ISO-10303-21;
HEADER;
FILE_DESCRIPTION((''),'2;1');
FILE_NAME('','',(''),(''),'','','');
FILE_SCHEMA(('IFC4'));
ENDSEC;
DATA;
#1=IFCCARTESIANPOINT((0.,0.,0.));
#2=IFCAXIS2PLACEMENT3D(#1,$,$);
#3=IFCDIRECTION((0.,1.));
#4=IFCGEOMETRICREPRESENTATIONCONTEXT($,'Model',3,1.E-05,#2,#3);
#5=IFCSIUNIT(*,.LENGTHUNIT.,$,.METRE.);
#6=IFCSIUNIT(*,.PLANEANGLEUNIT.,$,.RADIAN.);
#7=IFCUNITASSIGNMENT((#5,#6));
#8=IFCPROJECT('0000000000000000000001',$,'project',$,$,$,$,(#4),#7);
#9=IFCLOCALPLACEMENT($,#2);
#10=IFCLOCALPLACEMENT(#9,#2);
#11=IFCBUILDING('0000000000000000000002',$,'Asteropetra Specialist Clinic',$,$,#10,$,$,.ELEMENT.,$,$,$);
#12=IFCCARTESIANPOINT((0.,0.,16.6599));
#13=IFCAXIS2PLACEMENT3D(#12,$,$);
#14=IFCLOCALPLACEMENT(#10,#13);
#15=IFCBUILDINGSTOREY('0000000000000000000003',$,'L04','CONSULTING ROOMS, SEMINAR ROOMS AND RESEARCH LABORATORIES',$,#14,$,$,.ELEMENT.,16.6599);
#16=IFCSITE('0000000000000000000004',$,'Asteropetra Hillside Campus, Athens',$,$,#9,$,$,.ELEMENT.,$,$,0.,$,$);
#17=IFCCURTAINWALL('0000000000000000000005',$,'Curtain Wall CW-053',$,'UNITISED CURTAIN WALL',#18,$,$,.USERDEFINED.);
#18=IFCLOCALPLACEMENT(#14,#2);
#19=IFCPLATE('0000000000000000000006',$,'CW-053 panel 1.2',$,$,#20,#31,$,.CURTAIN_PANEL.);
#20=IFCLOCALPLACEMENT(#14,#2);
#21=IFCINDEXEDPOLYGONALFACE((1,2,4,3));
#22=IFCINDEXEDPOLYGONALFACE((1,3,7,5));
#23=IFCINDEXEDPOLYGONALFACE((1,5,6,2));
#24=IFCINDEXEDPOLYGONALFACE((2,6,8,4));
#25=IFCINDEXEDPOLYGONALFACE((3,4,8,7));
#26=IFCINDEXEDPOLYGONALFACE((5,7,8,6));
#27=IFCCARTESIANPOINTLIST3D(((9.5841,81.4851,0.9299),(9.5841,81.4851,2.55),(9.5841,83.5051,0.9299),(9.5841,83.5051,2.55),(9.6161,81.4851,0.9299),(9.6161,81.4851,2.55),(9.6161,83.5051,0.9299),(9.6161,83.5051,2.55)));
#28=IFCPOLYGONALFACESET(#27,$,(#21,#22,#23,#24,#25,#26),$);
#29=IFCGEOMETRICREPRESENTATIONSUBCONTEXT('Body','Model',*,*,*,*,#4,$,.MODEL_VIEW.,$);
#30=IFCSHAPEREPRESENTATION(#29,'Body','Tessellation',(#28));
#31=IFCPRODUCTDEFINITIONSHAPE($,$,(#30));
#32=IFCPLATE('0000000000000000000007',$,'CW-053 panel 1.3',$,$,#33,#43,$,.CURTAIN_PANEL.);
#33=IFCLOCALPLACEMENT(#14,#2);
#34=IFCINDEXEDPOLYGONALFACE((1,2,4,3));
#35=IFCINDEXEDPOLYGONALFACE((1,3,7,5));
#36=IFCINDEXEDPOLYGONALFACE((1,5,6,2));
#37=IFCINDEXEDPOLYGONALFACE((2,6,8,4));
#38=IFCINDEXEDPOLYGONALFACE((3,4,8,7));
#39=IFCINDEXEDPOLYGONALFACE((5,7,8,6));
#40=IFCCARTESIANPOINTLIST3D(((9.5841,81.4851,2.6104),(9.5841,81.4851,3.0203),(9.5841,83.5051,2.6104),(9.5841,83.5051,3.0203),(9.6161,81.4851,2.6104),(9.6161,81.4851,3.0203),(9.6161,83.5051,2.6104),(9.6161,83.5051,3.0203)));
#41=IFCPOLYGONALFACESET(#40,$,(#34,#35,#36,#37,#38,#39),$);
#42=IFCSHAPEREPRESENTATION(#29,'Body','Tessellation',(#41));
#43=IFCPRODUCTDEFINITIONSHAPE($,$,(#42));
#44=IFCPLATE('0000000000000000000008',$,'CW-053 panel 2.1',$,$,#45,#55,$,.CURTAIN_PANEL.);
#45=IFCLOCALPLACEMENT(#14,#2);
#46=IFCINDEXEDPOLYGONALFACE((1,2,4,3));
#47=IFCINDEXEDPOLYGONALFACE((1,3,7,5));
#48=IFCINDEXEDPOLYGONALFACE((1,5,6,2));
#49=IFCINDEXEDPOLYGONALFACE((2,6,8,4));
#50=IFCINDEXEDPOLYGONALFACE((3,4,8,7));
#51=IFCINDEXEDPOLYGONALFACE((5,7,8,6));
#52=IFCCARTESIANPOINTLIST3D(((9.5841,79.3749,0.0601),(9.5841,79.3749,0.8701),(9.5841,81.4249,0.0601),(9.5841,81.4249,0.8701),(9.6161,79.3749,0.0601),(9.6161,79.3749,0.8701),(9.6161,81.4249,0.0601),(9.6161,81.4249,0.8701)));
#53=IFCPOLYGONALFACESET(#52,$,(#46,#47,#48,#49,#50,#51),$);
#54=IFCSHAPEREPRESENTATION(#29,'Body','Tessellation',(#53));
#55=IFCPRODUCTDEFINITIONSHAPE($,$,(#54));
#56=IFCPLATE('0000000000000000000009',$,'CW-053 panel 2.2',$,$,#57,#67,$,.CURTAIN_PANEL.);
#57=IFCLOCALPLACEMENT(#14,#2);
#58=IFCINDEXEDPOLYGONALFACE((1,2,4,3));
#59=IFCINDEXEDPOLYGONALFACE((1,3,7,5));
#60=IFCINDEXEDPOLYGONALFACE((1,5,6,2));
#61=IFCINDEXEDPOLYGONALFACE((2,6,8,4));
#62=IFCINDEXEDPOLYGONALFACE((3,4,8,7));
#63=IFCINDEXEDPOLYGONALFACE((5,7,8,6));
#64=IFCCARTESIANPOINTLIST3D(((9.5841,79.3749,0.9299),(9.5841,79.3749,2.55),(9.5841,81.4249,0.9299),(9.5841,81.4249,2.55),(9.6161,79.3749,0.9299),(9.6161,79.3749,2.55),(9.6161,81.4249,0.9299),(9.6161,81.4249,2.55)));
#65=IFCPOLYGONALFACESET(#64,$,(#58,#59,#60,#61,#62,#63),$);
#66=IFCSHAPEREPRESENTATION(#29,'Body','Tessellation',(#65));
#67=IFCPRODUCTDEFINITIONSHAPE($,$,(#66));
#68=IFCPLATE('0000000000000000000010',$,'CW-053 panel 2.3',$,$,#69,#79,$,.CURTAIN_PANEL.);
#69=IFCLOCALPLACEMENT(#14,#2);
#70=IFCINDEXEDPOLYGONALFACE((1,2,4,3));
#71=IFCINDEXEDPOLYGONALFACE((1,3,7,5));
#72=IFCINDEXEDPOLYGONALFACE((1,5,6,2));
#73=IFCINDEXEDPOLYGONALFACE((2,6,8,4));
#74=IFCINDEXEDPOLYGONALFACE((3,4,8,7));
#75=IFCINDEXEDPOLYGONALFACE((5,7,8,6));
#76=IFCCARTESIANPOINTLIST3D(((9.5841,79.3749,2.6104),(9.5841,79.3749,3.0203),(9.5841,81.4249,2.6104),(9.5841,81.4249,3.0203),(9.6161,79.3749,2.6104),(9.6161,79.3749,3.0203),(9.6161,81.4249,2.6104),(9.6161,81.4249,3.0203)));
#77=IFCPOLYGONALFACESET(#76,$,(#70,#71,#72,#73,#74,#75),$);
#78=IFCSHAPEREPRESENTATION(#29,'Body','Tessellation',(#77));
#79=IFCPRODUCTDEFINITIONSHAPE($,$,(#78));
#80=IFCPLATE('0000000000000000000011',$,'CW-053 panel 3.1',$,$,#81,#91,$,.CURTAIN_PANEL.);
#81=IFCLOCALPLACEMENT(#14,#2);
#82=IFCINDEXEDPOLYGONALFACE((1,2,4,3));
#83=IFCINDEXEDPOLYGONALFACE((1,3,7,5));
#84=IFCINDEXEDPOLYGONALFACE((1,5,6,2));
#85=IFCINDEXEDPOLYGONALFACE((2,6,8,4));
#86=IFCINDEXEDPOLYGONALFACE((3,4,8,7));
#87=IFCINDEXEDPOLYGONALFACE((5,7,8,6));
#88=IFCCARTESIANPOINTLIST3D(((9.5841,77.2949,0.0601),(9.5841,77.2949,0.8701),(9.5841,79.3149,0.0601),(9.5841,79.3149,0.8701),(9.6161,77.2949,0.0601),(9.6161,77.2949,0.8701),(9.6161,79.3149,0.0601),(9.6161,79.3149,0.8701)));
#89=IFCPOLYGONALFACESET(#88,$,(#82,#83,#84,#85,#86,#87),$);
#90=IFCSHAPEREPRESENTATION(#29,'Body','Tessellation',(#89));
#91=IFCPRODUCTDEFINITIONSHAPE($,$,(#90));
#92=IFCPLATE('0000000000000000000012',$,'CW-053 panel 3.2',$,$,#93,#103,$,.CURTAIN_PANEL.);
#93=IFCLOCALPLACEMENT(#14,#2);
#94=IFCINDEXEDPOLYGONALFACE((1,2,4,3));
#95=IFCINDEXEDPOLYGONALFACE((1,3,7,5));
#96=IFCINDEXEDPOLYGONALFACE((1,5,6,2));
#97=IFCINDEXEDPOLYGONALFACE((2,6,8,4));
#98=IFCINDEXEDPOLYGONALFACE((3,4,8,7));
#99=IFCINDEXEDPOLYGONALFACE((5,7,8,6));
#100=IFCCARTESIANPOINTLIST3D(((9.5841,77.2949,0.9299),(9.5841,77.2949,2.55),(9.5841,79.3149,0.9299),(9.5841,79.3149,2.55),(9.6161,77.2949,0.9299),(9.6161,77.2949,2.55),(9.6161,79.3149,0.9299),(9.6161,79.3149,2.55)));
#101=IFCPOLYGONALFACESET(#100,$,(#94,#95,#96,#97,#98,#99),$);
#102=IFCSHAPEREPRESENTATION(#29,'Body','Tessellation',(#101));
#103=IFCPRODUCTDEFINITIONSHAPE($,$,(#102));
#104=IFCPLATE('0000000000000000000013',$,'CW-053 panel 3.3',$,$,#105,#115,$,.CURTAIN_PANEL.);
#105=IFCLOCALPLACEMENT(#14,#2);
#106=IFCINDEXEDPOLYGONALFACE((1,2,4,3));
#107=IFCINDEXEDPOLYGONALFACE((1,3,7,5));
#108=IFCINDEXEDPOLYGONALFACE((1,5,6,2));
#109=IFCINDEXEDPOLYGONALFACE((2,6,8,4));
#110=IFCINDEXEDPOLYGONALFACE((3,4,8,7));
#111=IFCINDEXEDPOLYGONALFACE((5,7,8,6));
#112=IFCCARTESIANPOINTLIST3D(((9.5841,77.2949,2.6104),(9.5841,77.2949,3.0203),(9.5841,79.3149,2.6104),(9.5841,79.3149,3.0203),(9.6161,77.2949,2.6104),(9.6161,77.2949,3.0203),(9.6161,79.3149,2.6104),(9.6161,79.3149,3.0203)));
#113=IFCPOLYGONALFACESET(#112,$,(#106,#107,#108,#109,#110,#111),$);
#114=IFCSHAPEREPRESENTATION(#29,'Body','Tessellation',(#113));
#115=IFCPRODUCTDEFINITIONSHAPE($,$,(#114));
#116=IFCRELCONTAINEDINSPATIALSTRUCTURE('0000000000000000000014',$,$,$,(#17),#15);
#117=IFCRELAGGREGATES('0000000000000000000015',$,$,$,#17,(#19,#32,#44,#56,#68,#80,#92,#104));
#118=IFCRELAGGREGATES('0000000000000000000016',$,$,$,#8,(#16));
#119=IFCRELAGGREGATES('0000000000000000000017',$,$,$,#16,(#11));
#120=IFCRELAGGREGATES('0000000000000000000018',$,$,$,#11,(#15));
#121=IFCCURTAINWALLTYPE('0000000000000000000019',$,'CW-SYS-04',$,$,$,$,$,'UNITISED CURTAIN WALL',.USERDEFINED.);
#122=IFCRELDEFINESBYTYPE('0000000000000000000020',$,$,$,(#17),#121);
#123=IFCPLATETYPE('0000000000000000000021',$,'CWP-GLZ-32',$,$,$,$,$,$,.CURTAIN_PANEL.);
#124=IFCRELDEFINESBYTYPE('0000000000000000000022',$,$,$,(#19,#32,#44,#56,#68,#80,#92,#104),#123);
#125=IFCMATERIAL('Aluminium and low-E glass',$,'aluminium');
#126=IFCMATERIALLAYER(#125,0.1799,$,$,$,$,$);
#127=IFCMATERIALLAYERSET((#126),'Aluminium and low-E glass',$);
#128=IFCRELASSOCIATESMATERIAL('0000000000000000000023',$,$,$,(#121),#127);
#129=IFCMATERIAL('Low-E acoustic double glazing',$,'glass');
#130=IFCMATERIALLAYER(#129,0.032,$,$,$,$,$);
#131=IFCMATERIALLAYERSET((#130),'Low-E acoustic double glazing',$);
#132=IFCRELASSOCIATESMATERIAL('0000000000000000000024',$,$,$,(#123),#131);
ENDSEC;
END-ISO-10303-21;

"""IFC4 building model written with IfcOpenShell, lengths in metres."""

from ifc_helpers import new_model, si_unit, direction, frame, origin, origin_2d, place, context, subcontext, project, spatial, rectangle, extrude, material, layer, layer_set, type_object, element, aggregate, save


model = new_model("IFC4")

# Units and contexts
model_context = context("Model", 3, precision=1e-05, world=origin(), true_north=direction((0.0, 1.0)))
body_context = subcontext(model_context, "Body", "Model", "MODEL_VIEW")
ifc_project = project(units=[si_unit("LENGTHUNIT", "METRE"), si_unit("PLANEANGLEUNIT", "RADIAN")], contexts=[model_context])

# Site, building, storey
site_placement = place(None, origin())
site = spatial("IfcSite", under=ifc_project, at=site_placement, Name="Asteropetra Hillside Campus, Athens", CompositionType="ELEMENT", RefElevation=0.0)
building_placement = place(site_placement, origin())
building = spatial("IfcBuilding", under=site, at=building_placement, Name="Asteropetra Specialist Clinic", CompositionType="ELEMENT")
storey_placement = place(building_placement, frame((0.0, 0.0, 16.6599)))
storey = spatial("IfcBuildingStorey", under=building, at=storey_placement, Name="L04", Description="CONSULTING ROOMS, SEMINAR ROOMS AND RESEARCH LABORATORIES", CompositionType="ELEMENT", Elevation=16.6599)

# Curtain wall
ifc_material_1 = material(Name="Aluminium and low-E glass", Category="aluminium")
ifc_layer_1 = layer(ifc_material_1, 0.1799)
ifc_layer_set_1 = layer_set([ifc_layer_1], Name="Aluminium and low-E glass")
curtain_wall_type_1 = type_object("IfcCurtainWallType", Name="CW-SYS-04", ElementType="UNITISED CURTAIN WALL", PredefinedType="USERDEFINED", material=ifc_layer_set_1)
curtain_wall_1_placement = place(storey_placement, origin())
curtain_wall_1 = element("IfcCurtainWall", 1, at=curtain_wall_1_placement, inside=storey, type_object=curtain_wall_type_1, Name="Curtain Wall CW-053", ObjectType="UNITISED CURTAIN WALL", PredefinedType="USERDEFINED")

# Plates
ifc_material_2 = material(Name="Low-E acoustic double glazing", Category="glass")
ifc_layer_2 = layer(ifc_material_2, 0.032)
ifc_layer_set_2 = layer_set([ifc_layer_2], Name="Low-E acoustic double glazing")
plate_type = type_object("IfcPlateType", Name="CWP-GLZ-32", PredefinedType="CURTAIN_PANEL", material=ifc_layer_set_2)
plate_1_placement = place(storey_placement, frame((9.6001, 82.4951, 0.9299), z_axis=(0.0, 0.0, 1.0), x_axis=(0.0, -1.0, 0.0)))
plate_1 = element("IfcPlate", 2, at=plate_1_placement, type_object=plate_type, Name="CW-053 panel 1.2", PredefinedType="CURTAIN_PANEL", context=body_context, shape_type="SweptSolid", body=[
    extrude(rectangle(XDim=2.02, YDim=0.032, at=origin_2d()), origin(), (0.0, 0.0, 1.0), 1.6201),
])
plate_2_placement = place(storey_placement, frame((9.6001, 82.4951, 2.6104), z_axis=(0.0, 0.0, 1.0), x_axis=(0.0, -1.0, 0.0)))
plate_2 = element("IfcPlate", 3, at=plate_2_placement, type_object=plate_type, Name="CW-053 panel 1.3", PredefinedType="CURTAIN_PANEL", context=body_context, shape_type="SweptSolid", body=[
    extrude(rectangle(XDim=2.02, YDim=0.032, at=origin_2d()), origin(), (0.0, 0.0, 1.0), 0.4099),
])
plate_3_placement = place(storey_placement, frame((9.6001, 80.3999, 0.0601), z_axis=(0.0, 0.0, 1.0), x_axis=(0.0, -1.0, 0.0)))
plate_3 = element("IfcPlate", 4, at=plate_3_placement, type_object=plate_type, Name="CW-053 panel 2.1", PredefinedType="CURTAIN_PANEL", context=body_context, shape_type="SweptSolid", body=[
    extrude(rectangle(XDim=2.05, YDim=0.032, at=origin_2d()), origin(), (0.0, 0.0, 1.0), 0.8101),
])
plate_4_placement = place(storey_placement, frame((9.6001, 80.3999, 0.9299), z_axis=(0.0, 0.0, 1.0), x_axis=(0.0, -1.0, 0.0)))
plate_4 = element("IfcPlate", 5, at=plate_4_placement, type_object=plate_type, Name="CW-053 panel 2.2", PredefinedType="CURTAIN_PANEL", context=body_context, shape_type="SweptSolid", body=[
    extrude(rectangle(XDim=2.05, YDim=0.032, at=origin_2d()), origin(), (0.0, 0.0, 1.0), 1.6201),
])
plate_5_placement = place(storey_placement, frame((9.6001, 80.3999, 2.6104), z_axis=(0.0, 0.0, 1.0), x_axis=(0.0, -1.0, 0.0)))
plate_5 = element("IfcPlate", 6, at=plate_5_placement, type_object=plate_type, Name="CW-053 panel 2.3", PredefinedType="CURTAIN_PANEL", context=body_context, shape_type="SweptSolid", body=[
    extrude(rectangle(XDim=2.05, YDim=0.032, at=origin_2d()), origin(), (0.0, 0.0, 1.0), 0.4099),
])
plate_6_placement = place(storey_placement, frame((9.6001, 78.3049, 0.0601), z_axis=(0.0, 0.0, 1.0), x_axis=(0.0, -1.0, 0.0)))
plate_6 = element("IfcPlate", 7, at=plate_6_placement, type_object=plate_type, Name="CW-053 panel 3.1", PredefinedType="CURTAIN_PANEL", context=body_context, shape_type="SweptSolid", body=[
    extrude(rectangle(XDim=2.02, YDim=0.032, at=origin_2d()), origin(), (0.0, 0.0, 1.0), 0.8101),
])
plate_7_placement = place(storey_placement, frame((9.6001, 78.3049, 0.9299), z_axis=(0.0, 0.0, 1.0), x_axis=(0.0, -1.0, 0.0)))
plate_7 = element("IfcPlate", 8, at=plate_7_placement, type_object=plate_type, Name="CW-053 panel 3.2", PredefinedType="CURTAIN_PANEL", context=body_context, shape_type="SweptSolid", body=[
    extrude(rectangle(XDim=2.02, YDim=0.032, at=origin_2d()), origin(), (0.0, 0.0, 1.0), 1.6201),
])
plate_8_placement = place(storey_placement, frame((9.6001, 78.3049, 2.6104), z_axis=(0.0, 0.0, 1.0), x_axis=(0.0, -1.0, 0.0)))
plate_8 = element("IfcPlate", 9, at=plate_8_placement, type_object=plate_type, Name="CW-053 panel 3.3", PredefinedType="CURTAIN_PANEL", context=body_context, shape_type="SweptSolid", body=[
    extrude(rectangle(XDim=2.02, YDim=0.032, at=origin_2d()), origin(), (0.0, 0.0, 1.0), 0.4099),
])
aggregate(curtain_wall_1, [plate_1, plate_2, plate_3, plate_4, plate_5, plate_6, plate_7, plate_8])

save(model, "model.ifc")
